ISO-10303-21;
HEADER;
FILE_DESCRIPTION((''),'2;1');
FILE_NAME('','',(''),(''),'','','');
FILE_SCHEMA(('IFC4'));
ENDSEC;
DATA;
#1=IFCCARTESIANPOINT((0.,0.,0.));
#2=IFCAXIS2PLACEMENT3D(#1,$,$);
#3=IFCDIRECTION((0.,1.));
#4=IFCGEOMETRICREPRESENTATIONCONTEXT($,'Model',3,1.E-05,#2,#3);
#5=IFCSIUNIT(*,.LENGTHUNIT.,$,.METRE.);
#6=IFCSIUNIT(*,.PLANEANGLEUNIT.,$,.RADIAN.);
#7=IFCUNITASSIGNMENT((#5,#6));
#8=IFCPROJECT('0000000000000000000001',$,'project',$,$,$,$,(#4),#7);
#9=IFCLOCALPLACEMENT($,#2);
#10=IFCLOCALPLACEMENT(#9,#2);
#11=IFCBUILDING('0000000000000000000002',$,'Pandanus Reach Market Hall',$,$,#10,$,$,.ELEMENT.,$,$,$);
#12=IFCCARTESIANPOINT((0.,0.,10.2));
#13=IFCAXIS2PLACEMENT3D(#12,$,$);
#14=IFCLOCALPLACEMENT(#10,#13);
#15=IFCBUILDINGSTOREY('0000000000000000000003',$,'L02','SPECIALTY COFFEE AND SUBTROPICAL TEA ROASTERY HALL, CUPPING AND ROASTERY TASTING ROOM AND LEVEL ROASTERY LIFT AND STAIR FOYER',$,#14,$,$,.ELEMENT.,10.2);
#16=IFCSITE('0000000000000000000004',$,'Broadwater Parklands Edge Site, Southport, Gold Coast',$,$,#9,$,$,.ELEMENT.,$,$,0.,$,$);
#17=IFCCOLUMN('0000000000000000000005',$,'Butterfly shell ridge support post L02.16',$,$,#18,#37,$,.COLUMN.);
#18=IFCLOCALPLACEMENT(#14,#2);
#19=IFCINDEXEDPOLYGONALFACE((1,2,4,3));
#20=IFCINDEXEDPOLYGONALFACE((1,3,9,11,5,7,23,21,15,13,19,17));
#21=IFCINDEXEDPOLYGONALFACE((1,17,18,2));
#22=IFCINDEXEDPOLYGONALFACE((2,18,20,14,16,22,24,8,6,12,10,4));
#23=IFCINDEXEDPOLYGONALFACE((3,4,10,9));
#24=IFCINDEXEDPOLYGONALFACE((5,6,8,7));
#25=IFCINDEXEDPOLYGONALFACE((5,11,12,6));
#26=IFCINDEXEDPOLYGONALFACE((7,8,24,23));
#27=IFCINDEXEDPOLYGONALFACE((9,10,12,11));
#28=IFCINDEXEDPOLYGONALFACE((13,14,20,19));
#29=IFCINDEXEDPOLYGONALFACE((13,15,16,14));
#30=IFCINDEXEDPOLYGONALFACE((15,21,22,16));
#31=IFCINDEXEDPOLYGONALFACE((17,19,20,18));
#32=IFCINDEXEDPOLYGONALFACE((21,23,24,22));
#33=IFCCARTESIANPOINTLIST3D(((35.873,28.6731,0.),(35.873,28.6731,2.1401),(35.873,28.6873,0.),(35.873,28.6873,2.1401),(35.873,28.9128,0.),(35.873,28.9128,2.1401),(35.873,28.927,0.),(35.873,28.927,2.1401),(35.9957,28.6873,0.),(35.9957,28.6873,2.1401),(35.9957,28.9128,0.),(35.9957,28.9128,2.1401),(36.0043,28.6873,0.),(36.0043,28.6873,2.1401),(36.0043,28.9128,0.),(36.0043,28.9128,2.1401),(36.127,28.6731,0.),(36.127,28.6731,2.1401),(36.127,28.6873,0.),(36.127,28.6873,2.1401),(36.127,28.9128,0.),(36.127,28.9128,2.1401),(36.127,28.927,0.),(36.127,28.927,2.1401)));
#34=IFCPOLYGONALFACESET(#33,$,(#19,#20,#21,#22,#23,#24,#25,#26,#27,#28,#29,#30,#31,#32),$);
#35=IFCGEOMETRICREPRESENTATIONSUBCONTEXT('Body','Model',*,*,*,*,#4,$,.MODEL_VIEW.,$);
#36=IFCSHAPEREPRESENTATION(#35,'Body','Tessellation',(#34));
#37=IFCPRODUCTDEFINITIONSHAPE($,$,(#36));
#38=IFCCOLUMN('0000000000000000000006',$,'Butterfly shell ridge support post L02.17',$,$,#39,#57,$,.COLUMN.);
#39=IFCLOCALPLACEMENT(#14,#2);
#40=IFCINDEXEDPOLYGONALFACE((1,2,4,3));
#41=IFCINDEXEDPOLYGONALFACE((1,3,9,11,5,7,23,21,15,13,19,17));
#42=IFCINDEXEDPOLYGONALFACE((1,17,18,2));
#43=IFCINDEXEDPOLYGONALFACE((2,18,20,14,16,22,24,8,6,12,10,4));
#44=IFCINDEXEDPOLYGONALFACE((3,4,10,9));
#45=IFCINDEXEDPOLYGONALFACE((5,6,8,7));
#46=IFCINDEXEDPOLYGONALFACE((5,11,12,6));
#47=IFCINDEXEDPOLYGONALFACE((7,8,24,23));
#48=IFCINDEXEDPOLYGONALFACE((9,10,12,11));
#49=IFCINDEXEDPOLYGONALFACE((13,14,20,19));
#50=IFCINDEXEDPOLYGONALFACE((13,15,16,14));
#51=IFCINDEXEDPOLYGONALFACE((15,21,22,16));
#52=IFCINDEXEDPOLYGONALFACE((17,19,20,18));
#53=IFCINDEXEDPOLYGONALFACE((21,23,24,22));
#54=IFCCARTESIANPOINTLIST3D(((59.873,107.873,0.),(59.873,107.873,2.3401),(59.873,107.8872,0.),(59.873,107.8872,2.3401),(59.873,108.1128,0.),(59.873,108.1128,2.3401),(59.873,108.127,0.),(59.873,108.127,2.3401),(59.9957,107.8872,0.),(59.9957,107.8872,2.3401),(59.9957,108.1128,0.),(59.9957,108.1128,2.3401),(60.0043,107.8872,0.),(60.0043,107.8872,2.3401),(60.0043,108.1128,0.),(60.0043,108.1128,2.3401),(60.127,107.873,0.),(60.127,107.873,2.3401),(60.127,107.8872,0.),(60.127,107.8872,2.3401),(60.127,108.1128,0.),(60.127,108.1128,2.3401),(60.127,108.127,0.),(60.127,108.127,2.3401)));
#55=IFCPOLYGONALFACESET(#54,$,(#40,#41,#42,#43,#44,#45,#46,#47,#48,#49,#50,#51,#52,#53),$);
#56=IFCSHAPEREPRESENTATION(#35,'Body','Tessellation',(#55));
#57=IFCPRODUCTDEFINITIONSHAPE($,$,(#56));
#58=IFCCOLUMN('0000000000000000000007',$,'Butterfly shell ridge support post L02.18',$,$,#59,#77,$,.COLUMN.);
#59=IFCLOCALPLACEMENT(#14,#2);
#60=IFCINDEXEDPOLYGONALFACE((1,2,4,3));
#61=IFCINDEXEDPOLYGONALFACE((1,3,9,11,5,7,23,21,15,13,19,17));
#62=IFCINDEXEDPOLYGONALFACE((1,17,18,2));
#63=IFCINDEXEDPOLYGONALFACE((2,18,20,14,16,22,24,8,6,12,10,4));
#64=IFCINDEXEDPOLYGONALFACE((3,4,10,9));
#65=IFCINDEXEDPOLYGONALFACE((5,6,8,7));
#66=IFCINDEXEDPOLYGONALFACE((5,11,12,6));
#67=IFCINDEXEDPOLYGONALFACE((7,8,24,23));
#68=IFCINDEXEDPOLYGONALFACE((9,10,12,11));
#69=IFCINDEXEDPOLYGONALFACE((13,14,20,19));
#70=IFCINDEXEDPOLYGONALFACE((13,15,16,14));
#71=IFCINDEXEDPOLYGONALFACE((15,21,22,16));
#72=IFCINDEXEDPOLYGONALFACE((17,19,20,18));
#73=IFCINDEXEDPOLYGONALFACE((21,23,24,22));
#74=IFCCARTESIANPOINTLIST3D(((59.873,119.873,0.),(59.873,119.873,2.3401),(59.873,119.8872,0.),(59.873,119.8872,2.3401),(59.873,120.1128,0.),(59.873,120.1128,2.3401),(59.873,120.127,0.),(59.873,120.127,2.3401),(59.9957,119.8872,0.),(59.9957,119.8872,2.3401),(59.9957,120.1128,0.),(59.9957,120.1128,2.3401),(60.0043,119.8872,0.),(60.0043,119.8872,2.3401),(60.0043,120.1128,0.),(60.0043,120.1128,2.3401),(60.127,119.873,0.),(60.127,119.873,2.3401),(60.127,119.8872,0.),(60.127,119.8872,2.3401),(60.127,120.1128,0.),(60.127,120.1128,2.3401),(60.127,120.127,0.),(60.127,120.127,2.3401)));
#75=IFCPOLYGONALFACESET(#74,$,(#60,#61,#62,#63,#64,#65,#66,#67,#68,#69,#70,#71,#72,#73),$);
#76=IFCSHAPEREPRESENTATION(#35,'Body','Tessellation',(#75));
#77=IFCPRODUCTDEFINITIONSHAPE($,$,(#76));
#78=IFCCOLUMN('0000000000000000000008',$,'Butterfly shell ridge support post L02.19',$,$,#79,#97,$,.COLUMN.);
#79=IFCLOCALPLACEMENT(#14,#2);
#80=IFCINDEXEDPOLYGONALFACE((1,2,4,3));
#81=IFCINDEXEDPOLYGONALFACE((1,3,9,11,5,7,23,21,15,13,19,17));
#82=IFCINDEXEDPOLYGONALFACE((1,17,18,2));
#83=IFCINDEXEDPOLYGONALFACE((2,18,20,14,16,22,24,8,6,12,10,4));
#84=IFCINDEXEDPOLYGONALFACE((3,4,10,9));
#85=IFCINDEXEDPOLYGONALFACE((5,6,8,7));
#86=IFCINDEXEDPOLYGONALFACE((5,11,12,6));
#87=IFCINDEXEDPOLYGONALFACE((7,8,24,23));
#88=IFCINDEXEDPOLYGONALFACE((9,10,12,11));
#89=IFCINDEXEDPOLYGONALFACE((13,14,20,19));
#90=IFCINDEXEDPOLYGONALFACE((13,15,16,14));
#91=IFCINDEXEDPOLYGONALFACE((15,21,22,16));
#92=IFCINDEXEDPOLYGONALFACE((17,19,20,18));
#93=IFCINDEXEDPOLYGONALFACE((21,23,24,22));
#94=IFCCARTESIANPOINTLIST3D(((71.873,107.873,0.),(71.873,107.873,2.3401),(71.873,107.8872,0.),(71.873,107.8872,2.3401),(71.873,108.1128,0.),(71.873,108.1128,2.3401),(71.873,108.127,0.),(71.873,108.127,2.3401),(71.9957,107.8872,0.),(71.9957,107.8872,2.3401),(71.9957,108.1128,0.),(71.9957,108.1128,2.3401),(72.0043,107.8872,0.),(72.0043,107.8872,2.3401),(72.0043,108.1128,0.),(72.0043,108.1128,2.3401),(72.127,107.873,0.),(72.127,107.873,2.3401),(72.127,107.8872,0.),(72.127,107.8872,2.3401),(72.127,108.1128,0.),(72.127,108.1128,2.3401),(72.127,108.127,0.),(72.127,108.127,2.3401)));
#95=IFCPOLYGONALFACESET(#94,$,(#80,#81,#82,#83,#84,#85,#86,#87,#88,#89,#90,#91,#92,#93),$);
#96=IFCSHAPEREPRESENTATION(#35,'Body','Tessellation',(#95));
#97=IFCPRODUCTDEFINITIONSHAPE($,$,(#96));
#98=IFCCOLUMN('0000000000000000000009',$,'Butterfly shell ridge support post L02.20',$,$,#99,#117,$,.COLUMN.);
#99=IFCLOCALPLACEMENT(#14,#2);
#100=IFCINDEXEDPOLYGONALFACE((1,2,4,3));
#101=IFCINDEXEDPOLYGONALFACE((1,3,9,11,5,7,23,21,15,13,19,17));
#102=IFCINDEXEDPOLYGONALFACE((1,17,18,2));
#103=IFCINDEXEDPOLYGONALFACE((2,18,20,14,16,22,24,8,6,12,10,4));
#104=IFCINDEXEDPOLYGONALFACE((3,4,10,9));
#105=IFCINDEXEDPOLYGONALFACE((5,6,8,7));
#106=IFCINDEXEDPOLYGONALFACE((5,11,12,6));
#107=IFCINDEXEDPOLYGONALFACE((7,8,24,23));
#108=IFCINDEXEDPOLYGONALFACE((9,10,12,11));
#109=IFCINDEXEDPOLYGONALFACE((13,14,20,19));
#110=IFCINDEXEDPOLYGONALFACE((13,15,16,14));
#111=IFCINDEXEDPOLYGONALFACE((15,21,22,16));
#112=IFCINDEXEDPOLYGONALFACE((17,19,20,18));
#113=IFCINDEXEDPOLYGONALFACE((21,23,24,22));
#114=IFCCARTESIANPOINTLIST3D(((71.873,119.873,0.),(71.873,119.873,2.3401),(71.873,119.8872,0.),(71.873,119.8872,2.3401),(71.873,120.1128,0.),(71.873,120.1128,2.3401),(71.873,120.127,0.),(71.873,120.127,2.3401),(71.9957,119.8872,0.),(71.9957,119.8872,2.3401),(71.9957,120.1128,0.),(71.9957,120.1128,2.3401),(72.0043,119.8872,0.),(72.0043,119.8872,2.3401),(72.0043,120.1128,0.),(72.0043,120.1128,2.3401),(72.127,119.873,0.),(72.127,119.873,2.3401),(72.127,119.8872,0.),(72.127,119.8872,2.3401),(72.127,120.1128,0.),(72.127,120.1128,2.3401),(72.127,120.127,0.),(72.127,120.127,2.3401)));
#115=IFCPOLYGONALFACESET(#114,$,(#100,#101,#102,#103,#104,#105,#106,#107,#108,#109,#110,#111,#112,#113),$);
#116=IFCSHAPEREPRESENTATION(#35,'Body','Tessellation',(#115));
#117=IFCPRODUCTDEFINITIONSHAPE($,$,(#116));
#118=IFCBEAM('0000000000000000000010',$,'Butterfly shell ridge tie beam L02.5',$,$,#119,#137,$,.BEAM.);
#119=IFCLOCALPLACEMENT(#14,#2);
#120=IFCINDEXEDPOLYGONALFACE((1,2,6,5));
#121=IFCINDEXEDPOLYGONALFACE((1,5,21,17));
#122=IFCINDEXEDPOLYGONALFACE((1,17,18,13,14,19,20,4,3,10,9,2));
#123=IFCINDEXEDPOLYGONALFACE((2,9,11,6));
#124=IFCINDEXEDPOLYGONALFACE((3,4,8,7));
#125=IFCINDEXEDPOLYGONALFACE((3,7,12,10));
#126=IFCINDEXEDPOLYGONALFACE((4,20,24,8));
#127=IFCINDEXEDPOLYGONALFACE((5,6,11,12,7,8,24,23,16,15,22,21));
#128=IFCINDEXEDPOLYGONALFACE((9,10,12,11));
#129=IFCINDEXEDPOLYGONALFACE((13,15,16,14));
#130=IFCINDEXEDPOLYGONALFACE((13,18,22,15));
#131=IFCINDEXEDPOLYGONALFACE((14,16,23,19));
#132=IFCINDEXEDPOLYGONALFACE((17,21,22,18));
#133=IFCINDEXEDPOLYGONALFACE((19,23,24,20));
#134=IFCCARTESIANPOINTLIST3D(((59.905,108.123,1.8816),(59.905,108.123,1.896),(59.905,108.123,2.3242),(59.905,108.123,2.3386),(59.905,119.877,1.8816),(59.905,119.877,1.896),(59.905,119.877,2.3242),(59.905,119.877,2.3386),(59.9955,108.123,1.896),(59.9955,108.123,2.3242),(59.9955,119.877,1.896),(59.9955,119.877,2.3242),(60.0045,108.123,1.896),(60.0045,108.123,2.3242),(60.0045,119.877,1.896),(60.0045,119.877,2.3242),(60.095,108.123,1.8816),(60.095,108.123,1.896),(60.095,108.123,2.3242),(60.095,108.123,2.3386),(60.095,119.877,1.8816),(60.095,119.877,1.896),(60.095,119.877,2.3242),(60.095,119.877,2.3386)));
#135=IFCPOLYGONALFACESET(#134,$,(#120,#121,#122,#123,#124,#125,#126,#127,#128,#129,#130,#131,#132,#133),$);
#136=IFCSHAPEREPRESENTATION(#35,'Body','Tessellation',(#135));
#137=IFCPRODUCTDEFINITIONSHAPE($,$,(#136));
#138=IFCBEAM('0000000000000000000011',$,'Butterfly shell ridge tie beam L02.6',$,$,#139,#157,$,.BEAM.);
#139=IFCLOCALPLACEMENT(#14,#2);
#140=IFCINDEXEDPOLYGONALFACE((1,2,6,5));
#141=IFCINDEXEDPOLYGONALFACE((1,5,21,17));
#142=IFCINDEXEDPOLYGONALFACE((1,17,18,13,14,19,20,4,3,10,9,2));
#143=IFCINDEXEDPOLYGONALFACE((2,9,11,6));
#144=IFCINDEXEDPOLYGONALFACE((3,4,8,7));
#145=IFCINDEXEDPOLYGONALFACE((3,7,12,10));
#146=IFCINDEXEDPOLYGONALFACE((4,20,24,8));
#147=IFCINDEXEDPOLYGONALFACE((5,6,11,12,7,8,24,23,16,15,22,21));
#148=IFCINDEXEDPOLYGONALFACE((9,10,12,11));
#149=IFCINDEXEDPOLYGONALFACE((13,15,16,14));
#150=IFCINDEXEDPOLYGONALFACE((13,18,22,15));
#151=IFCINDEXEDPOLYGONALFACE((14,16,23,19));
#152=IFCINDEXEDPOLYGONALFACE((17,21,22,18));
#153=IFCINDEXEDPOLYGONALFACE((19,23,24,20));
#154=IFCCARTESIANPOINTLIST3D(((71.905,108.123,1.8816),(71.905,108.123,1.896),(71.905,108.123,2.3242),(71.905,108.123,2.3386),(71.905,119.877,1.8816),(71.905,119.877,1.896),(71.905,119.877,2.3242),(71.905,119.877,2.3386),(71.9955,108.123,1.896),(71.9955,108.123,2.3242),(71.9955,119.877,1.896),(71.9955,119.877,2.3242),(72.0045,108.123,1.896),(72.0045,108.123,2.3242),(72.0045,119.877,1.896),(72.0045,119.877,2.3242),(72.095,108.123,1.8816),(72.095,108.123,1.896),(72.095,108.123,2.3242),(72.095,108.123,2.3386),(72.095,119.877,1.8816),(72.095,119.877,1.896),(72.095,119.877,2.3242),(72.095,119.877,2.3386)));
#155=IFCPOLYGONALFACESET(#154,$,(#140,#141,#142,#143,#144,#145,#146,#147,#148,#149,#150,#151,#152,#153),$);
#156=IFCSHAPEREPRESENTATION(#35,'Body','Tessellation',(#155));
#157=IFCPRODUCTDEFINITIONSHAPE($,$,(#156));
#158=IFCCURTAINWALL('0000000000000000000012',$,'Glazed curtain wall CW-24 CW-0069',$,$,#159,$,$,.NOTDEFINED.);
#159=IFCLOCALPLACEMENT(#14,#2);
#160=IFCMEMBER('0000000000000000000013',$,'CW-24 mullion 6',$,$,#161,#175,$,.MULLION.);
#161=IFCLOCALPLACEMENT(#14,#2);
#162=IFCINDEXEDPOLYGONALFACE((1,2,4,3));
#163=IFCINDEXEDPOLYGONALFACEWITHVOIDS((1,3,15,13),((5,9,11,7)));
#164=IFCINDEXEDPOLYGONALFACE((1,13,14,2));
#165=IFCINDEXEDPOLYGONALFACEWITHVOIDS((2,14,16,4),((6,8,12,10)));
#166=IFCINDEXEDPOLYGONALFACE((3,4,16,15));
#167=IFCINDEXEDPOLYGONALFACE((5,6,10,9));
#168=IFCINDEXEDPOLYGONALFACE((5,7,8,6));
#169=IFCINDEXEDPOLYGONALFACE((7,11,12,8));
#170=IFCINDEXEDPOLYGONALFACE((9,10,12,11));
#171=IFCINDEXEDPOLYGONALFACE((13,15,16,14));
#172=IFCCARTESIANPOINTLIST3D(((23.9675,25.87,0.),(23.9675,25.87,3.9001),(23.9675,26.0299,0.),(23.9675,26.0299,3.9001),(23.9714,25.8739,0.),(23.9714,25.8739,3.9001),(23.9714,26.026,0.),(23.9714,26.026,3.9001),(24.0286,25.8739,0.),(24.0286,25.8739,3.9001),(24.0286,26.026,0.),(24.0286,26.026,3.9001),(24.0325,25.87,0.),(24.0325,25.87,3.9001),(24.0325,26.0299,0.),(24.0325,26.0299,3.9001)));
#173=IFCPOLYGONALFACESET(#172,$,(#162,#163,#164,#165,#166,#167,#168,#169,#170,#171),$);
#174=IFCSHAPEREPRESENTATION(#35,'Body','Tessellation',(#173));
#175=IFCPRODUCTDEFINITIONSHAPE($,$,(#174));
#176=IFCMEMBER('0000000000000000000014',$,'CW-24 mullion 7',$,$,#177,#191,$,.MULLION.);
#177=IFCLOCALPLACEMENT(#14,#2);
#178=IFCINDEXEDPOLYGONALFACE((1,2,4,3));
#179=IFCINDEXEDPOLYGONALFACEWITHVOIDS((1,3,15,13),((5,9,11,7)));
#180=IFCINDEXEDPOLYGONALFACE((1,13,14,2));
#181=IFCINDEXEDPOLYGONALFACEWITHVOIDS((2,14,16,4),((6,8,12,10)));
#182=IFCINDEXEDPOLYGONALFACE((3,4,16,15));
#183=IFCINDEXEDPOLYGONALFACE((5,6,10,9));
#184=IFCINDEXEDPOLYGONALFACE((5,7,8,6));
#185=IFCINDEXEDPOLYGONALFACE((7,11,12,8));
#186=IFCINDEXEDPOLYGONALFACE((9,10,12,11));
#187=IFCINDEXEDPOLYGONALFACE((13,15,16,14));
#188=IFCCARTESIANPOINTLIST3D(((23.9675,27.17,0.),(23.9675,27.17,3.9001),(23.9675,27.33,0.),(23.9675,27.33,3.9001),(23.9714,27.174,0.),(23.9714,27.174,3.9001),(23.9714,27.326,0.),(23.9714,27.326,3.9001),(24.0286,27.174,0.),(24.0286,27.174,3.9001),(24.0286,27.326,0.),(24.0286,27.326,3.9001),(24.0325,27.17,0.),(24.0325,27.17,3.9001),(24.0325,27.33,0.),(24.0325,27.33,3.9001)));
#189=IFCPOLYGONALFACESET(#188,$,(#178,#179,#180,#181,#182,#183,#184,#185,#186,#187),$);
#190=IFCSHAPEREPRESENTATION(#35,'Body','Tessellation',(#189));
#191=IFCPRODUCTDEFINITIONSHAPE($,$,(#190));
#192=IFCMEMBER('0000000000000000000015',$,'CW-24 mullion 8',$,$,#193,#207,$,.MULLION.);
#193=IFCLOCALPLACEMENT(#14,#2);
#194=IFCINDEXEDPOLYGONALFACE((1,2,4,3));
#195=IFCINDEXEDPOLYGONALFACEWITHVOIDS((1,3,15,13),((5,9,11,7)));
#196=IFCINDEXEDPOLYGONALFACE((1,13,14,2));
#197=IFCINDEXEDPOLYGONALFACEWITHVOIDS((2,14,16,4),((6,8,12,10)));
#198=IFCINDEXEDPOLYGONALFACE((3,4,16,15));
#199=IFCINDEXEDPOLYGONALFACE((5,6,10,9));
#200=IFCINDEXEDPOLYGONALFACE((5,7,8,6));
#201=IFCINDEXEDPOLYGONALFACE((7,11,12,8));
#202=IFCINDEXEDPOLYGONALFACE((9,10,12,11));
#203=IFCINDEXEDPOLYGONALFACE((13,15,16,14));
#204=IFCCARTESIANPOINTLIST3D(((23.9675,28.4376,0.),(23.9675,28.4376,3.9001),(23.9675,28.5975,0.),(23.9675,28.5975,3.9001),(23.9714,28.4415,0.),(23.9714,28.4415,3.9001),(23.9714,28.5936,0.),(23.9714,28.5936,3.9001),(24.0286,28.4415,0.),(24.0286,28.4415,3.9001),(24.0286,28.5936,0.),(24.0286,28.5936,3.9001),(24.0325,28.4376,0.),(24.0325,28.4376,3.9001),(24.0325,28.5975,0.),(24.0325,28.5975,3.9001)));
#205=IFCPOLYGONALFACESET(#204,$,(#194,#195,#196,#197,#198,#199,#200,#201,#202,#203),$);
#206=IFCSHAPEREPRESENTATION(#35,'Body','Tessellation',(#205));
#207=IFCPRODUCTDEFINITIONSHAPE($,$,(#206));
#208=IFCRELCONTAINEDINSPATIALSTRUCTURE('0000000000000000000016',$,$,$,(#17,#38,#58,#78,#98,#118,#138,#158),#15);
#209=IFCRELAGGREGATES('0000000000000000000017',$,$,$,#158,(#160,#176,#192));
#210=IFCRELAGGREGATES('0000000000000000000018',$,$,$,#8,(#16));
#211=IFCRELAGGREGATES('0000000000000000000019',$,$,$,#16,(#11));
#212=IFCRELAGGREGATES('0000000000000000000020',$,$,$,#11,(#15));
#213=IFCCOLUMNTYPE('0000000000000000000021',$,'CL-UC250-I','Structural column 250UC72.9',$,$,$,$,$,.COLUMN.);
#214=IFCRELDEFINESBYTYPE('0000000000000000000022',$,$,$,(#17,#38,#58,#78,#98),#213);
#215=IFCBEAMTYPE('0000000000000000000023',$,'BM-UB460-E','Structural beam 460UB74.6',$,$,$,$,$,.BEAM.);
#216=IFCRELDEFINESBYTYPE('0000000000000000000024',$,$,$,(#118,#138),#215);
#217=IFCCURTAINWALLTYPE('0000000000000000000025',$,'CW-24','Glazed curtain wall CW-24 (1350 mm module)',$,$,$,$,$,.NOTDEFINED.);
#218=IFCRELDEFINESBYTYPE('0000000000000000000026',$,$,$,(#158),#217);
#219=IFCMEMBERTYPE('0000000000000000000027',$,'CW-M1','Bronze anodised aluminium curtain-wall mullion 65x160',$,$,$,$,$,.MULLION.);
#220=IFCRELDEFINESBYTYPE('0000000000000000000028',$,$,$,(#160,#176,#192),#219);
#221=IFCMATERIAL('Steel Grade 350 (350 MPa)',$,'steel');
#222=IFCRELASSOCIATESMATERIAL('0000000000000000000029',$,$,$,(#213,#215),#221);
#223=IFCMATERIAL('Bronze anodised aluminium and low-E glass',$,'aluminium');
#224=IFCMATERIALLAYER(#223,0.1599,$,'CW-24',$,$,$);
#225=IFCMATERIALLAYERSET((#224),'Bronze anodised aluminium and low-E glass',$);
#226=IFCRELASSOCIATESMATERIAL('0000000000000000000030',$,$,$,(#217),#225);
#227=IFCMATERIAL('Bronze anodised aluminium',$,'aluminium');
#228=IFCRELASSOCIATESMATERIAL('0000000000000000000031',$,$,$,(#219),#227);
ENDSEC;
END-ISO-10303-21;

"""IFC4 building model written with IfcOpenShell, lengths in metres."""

from ifc_helpers import new_model, si_unit, direction, frame, origin, origin_2d, place, context, subcontext, project, spatial, hollow_rectangle, i_section, extrude, material, layer, layer_set, material_profile, profile_set, type_object, element, aggregate, save


model = new_model("IFC4")

# Units and contexts
model_context = context("Model", 3, precision=1e-05, world=origin(), true_north=direction((0.0, 1.0)))
body_context = subcontext(model_context, "Body", "Model", "MODEL_VIEW")
ifc_project = project(units=[si_unit("LENGTHUNIT", "METRE"), si_unit("PLANEANGLEUNIT", "RADIAN")], contexts=[model_context])

# Site, building, storey
site_placement = place(None, origin())
site = spatial("IfcSite", under=ifc_project, at=site_placement, Name="Broadwater Parklands Edge Site, Southport, Gold Coast", CompositionType="ELEMENT", RefElevation=0.0)
building_placement = place(site_placement, origin())
building = spatial("IfcBuilding", under=site, at=building_placement, Name="Pandanus Reach Market Hall", CompositionType="ELEMENT")
storey_placement = place(building_placement, frame((0.0, 0.0, 10.2)))
storey = spatial("IfcBuildingStorey", under=building, at=storey_placement, Name="L02", Description="SPECIALTY COFFEE AND SUBTROPICAL TEA ROASTERY HALL, CUPPING AND ROASTERY TASTING ROOM AND LEVEL ROASTERY LIFT AND STAIR FOYER", CompositionType="ELEMENT", Elevation=10.2)

# Columns
ifc_material_1 = material(Name="Steel Grade 350 (350 MPa)", Category="steel")
ifc_material_profile_1 = material_profile(ifc_material_1, i_section(OverallWidth=0.2539, OverallDepth=0.2539, WebThickness=0.0085, FlangeThickness=0.0142, at=origin_2d()), Name="250UC72.9", Category="LoadBearing")
ifc_profile_set_1 = profile_set([ifc_material_profile_1], Name="Steel Grade 350 (350 MPa)")
column_type = type_object("IfcColumnType", Name="CL-UC250-I", Description="Structural column 250UC72.9", PredefinedType="COLUMN", material=ifc_profile_set_1)
column_placement = place(storey_placement, frame((36.0, 28.8, 0.0), z_axis=(0.0, 0.0, 1.0), x_axis=(1.0, 0.0, 0.0)))
element("IfcColumn", 1, at=column_placement, inside=storey, type_object=column_type, Name="Butterfly shell ridge support post L02.16", PredefinedType="COLUMN", context=body_context, shape_type="SweptSolid", body=[
    extrude(i_section(OverallWidth=0.2539, OverallDepth=0.2539, WebThickness=0.0085, FlangeThickness=0.0142, at=origin_2d()), origin(), (0.0, 0.0, 1.0), 2.1401),
])
for number, where, z_axis, x_axis, name in (
    (2, (60.0, 108.0, 0.0), (0.0, 0.0, 1.0), (1.0, 0.0, 0.0), "Butterfly shell ridge support post L02.17"),
    (3, (60.0, 120.0, 0.0), (0.0, 0.0, 1.0), (1.0, 0.0, 0.0), "Butterfly shell ridge support post L02.18"),
    (4, (72.0, 108.0, 0.0), (0.0, 0.0, 1.0), (1.0, 0.0, 0.0), "Butterfly shell ridge support post L02.19"),
    (5, (72.0, 120.0, 0.0), (0.0, 0.0, 1.0), (1.0, 0.0, 0.0), "Butterfly shell ridge support post L02.20"),
):
    element("IfcColumn", number, at=place(storey_placement, frame(where, z_axis=z_axis, x_axis=x_axis)), inside=storey, type_object=column_type, Name=name, PredefinedType="COLUMN", context=body_context, shape_type="SweptSolid", body=[
        extrude(i_section(OverallWidth=0.2539, OverallDepth=0.2539, WebThickness=0.0085, FlangeThickness=0.0142, at=origin_2d()), origin(), (0.0, 0.0, 1.0), 2.3401),
    ])

# Beams
ifc_material_profile_2 = material_profile(ifc_material_1, i_section(OverallWidth=0.1899, OverallDepth=0.457, WebThickness=0.009, FlangeThickness=0.0144, at=origin_2d()), Name="460UB74.6", Category="LoadBearing")
ifc_profile_set_2 = profile_set([ifc_material_profile_2], Name="Steel Grade 350 (350 MPa)")
beam_type = type_object("IfcBeamType", Name="BM-UB460-E", Description="Structural beam 460UB74.6", PredefinedType="BEAM", material=ifc_profile_set_2)
for number, where, z_axis, x_axis, name in (
    (6, (60.0, 108.123, 2.1101), (0.0, 1.0, 0.0), (-1.0, 0.0, 0.0), "Butterfly shell ridge tie beam L02.5"),
    (7, (72.0, 108.123, 2.1101), (0.0, 1.0, 0.0), (-1.0, 0.0, 0.0), "Butterfly shell ridge tie beam L02.6"),
):
    element("IfcBeam", number, at=place(storey_placement, frame(where, z_axis=z_axis, x_axis=x_axis)), inside=storey, type_object=beam_type, Name=name, PredefinedType="BEAM", context=body_context, shape_type="SweptSolid", body=[
        extrude(i_section(OverallWidth=0.1899, OverallDepth=0.457, WebThickness=0.009, FlangeThickness=0.0144, at=origin_2d()), origin(), (0.0, 0.0, 1.0), 11.7539),
    ])

# Curtain wall, members
ifc_material_2 = material(Name="Bronze anodised aluminium and low-E glass", Category="aluminium")
ifc_layer_1 = layer(ifc_material_2, 0.1599, Name="CW-24")
ifc_layer_set_1 = layer_set([ifc_layer_1], Name="Bronze anodised aluminium and low-E glass")
curtain_wall_type = type_object("IfcCurtainWallType", Name="CW-24", Description="Glazed curtain wall CW-24 (1350 mm module)", PredefinedType="NOTDEFINED", material=ifc_layer_set_1)
curtain_wall_placement = place(storey_placement, origin())
curtain_wall = element("IfcCurtainWall", 8, at=curtain_wall_placement, inside=storey, type_object=curtain_wall_type, Name="Glazed curtain wall CW-24 CW-0069", PredefinedType="NOTDEFINED")
ifc_material_3 = material(Name="Bronze anodised aluminium", Category="aluminium")
ifc_material_profile_3 = material_profile(ifc_material_3, hollow_rectangle(XDim=0.0649, YDim=0.1599, WallThickness=0.0039, at=origin_2d()), Name="ALU65x160", Category="LoadBearing")
ifc_profile_set_3 = profile_set([ifc_material_profile_3], Name="Bronze anodised aluminium")
member_type_1 = type_object("IfcMemberType", Name="CW-M1", Description="Bronze anodised aluminium curtain-wall mullion 65x160", PredefinedType="MULLION", material=ifc_profile_set_3)
member_1_placement = place(storey_placement, frame((24.0, 25.95, 0.0), z_axis=(0.0, 0.0, 1.0), x_axis=(-1.0, 0.0, 0.0)))
member_1 = element("IfcMember", 9, at=member_1_placement, type_object=member_type_1, Name="CW-24 mullion 6", PredefinedType="MULLION", context=body_context, shape_type="SweptSolid", body=[
    extrude(hollow_rectangle(XDim=0.0649, YDim=0.1599, WallThickness=0.0039, at=origin_2d()), origin(), (0.0, 0.0, 1.0), 3.9001),
])
member_2_placement = place(storey_placement, frame((24.0, 27.25, 0.0), z_axis=(0.0, 0.0, 1.0), x_axis=(-1.0, 0.0, 0.0)))
member_2 = element("IfcMember", 10, at=member_2_placement, type_object=member_type_1, Name="CW-24 mullion 7", PredefinedType="MULLION", context=body_context, shape_type="SweptSolid", body=[
    extrude(hollow_rectangle(XDim=0.0649, YDim=0.1599, WallThickness=0.0039, at=origin_2d()), origin(), (0.0, 0.0, 1.0), 3.9001),
])
member_3_placement = place(storey_placement, frame((24.0, 28.5176, 0.0), z_axis=(0.0, 0.0, 1.0), x_axis=(-1.0, 0.0, 0.0)))
member_3 = element("IfcMember", 11, at=member_3_placement, type_object=member_type_1, Name="CW-24 mullion 8", PredefinedType="MULLION", context=body_context, shape_type="SweptSolid", body=[
    extrude(hollow_rectangle(XDim=0.0649, YDim=0.1599, WallThickness=0.0039, at=origin_2d()), origin(), (0.0, 0.0, 1.0), 3.9001),
])
aggregate(curtain_wall, [member_1, member_2, member_3])

save(model, "model.ifc")
